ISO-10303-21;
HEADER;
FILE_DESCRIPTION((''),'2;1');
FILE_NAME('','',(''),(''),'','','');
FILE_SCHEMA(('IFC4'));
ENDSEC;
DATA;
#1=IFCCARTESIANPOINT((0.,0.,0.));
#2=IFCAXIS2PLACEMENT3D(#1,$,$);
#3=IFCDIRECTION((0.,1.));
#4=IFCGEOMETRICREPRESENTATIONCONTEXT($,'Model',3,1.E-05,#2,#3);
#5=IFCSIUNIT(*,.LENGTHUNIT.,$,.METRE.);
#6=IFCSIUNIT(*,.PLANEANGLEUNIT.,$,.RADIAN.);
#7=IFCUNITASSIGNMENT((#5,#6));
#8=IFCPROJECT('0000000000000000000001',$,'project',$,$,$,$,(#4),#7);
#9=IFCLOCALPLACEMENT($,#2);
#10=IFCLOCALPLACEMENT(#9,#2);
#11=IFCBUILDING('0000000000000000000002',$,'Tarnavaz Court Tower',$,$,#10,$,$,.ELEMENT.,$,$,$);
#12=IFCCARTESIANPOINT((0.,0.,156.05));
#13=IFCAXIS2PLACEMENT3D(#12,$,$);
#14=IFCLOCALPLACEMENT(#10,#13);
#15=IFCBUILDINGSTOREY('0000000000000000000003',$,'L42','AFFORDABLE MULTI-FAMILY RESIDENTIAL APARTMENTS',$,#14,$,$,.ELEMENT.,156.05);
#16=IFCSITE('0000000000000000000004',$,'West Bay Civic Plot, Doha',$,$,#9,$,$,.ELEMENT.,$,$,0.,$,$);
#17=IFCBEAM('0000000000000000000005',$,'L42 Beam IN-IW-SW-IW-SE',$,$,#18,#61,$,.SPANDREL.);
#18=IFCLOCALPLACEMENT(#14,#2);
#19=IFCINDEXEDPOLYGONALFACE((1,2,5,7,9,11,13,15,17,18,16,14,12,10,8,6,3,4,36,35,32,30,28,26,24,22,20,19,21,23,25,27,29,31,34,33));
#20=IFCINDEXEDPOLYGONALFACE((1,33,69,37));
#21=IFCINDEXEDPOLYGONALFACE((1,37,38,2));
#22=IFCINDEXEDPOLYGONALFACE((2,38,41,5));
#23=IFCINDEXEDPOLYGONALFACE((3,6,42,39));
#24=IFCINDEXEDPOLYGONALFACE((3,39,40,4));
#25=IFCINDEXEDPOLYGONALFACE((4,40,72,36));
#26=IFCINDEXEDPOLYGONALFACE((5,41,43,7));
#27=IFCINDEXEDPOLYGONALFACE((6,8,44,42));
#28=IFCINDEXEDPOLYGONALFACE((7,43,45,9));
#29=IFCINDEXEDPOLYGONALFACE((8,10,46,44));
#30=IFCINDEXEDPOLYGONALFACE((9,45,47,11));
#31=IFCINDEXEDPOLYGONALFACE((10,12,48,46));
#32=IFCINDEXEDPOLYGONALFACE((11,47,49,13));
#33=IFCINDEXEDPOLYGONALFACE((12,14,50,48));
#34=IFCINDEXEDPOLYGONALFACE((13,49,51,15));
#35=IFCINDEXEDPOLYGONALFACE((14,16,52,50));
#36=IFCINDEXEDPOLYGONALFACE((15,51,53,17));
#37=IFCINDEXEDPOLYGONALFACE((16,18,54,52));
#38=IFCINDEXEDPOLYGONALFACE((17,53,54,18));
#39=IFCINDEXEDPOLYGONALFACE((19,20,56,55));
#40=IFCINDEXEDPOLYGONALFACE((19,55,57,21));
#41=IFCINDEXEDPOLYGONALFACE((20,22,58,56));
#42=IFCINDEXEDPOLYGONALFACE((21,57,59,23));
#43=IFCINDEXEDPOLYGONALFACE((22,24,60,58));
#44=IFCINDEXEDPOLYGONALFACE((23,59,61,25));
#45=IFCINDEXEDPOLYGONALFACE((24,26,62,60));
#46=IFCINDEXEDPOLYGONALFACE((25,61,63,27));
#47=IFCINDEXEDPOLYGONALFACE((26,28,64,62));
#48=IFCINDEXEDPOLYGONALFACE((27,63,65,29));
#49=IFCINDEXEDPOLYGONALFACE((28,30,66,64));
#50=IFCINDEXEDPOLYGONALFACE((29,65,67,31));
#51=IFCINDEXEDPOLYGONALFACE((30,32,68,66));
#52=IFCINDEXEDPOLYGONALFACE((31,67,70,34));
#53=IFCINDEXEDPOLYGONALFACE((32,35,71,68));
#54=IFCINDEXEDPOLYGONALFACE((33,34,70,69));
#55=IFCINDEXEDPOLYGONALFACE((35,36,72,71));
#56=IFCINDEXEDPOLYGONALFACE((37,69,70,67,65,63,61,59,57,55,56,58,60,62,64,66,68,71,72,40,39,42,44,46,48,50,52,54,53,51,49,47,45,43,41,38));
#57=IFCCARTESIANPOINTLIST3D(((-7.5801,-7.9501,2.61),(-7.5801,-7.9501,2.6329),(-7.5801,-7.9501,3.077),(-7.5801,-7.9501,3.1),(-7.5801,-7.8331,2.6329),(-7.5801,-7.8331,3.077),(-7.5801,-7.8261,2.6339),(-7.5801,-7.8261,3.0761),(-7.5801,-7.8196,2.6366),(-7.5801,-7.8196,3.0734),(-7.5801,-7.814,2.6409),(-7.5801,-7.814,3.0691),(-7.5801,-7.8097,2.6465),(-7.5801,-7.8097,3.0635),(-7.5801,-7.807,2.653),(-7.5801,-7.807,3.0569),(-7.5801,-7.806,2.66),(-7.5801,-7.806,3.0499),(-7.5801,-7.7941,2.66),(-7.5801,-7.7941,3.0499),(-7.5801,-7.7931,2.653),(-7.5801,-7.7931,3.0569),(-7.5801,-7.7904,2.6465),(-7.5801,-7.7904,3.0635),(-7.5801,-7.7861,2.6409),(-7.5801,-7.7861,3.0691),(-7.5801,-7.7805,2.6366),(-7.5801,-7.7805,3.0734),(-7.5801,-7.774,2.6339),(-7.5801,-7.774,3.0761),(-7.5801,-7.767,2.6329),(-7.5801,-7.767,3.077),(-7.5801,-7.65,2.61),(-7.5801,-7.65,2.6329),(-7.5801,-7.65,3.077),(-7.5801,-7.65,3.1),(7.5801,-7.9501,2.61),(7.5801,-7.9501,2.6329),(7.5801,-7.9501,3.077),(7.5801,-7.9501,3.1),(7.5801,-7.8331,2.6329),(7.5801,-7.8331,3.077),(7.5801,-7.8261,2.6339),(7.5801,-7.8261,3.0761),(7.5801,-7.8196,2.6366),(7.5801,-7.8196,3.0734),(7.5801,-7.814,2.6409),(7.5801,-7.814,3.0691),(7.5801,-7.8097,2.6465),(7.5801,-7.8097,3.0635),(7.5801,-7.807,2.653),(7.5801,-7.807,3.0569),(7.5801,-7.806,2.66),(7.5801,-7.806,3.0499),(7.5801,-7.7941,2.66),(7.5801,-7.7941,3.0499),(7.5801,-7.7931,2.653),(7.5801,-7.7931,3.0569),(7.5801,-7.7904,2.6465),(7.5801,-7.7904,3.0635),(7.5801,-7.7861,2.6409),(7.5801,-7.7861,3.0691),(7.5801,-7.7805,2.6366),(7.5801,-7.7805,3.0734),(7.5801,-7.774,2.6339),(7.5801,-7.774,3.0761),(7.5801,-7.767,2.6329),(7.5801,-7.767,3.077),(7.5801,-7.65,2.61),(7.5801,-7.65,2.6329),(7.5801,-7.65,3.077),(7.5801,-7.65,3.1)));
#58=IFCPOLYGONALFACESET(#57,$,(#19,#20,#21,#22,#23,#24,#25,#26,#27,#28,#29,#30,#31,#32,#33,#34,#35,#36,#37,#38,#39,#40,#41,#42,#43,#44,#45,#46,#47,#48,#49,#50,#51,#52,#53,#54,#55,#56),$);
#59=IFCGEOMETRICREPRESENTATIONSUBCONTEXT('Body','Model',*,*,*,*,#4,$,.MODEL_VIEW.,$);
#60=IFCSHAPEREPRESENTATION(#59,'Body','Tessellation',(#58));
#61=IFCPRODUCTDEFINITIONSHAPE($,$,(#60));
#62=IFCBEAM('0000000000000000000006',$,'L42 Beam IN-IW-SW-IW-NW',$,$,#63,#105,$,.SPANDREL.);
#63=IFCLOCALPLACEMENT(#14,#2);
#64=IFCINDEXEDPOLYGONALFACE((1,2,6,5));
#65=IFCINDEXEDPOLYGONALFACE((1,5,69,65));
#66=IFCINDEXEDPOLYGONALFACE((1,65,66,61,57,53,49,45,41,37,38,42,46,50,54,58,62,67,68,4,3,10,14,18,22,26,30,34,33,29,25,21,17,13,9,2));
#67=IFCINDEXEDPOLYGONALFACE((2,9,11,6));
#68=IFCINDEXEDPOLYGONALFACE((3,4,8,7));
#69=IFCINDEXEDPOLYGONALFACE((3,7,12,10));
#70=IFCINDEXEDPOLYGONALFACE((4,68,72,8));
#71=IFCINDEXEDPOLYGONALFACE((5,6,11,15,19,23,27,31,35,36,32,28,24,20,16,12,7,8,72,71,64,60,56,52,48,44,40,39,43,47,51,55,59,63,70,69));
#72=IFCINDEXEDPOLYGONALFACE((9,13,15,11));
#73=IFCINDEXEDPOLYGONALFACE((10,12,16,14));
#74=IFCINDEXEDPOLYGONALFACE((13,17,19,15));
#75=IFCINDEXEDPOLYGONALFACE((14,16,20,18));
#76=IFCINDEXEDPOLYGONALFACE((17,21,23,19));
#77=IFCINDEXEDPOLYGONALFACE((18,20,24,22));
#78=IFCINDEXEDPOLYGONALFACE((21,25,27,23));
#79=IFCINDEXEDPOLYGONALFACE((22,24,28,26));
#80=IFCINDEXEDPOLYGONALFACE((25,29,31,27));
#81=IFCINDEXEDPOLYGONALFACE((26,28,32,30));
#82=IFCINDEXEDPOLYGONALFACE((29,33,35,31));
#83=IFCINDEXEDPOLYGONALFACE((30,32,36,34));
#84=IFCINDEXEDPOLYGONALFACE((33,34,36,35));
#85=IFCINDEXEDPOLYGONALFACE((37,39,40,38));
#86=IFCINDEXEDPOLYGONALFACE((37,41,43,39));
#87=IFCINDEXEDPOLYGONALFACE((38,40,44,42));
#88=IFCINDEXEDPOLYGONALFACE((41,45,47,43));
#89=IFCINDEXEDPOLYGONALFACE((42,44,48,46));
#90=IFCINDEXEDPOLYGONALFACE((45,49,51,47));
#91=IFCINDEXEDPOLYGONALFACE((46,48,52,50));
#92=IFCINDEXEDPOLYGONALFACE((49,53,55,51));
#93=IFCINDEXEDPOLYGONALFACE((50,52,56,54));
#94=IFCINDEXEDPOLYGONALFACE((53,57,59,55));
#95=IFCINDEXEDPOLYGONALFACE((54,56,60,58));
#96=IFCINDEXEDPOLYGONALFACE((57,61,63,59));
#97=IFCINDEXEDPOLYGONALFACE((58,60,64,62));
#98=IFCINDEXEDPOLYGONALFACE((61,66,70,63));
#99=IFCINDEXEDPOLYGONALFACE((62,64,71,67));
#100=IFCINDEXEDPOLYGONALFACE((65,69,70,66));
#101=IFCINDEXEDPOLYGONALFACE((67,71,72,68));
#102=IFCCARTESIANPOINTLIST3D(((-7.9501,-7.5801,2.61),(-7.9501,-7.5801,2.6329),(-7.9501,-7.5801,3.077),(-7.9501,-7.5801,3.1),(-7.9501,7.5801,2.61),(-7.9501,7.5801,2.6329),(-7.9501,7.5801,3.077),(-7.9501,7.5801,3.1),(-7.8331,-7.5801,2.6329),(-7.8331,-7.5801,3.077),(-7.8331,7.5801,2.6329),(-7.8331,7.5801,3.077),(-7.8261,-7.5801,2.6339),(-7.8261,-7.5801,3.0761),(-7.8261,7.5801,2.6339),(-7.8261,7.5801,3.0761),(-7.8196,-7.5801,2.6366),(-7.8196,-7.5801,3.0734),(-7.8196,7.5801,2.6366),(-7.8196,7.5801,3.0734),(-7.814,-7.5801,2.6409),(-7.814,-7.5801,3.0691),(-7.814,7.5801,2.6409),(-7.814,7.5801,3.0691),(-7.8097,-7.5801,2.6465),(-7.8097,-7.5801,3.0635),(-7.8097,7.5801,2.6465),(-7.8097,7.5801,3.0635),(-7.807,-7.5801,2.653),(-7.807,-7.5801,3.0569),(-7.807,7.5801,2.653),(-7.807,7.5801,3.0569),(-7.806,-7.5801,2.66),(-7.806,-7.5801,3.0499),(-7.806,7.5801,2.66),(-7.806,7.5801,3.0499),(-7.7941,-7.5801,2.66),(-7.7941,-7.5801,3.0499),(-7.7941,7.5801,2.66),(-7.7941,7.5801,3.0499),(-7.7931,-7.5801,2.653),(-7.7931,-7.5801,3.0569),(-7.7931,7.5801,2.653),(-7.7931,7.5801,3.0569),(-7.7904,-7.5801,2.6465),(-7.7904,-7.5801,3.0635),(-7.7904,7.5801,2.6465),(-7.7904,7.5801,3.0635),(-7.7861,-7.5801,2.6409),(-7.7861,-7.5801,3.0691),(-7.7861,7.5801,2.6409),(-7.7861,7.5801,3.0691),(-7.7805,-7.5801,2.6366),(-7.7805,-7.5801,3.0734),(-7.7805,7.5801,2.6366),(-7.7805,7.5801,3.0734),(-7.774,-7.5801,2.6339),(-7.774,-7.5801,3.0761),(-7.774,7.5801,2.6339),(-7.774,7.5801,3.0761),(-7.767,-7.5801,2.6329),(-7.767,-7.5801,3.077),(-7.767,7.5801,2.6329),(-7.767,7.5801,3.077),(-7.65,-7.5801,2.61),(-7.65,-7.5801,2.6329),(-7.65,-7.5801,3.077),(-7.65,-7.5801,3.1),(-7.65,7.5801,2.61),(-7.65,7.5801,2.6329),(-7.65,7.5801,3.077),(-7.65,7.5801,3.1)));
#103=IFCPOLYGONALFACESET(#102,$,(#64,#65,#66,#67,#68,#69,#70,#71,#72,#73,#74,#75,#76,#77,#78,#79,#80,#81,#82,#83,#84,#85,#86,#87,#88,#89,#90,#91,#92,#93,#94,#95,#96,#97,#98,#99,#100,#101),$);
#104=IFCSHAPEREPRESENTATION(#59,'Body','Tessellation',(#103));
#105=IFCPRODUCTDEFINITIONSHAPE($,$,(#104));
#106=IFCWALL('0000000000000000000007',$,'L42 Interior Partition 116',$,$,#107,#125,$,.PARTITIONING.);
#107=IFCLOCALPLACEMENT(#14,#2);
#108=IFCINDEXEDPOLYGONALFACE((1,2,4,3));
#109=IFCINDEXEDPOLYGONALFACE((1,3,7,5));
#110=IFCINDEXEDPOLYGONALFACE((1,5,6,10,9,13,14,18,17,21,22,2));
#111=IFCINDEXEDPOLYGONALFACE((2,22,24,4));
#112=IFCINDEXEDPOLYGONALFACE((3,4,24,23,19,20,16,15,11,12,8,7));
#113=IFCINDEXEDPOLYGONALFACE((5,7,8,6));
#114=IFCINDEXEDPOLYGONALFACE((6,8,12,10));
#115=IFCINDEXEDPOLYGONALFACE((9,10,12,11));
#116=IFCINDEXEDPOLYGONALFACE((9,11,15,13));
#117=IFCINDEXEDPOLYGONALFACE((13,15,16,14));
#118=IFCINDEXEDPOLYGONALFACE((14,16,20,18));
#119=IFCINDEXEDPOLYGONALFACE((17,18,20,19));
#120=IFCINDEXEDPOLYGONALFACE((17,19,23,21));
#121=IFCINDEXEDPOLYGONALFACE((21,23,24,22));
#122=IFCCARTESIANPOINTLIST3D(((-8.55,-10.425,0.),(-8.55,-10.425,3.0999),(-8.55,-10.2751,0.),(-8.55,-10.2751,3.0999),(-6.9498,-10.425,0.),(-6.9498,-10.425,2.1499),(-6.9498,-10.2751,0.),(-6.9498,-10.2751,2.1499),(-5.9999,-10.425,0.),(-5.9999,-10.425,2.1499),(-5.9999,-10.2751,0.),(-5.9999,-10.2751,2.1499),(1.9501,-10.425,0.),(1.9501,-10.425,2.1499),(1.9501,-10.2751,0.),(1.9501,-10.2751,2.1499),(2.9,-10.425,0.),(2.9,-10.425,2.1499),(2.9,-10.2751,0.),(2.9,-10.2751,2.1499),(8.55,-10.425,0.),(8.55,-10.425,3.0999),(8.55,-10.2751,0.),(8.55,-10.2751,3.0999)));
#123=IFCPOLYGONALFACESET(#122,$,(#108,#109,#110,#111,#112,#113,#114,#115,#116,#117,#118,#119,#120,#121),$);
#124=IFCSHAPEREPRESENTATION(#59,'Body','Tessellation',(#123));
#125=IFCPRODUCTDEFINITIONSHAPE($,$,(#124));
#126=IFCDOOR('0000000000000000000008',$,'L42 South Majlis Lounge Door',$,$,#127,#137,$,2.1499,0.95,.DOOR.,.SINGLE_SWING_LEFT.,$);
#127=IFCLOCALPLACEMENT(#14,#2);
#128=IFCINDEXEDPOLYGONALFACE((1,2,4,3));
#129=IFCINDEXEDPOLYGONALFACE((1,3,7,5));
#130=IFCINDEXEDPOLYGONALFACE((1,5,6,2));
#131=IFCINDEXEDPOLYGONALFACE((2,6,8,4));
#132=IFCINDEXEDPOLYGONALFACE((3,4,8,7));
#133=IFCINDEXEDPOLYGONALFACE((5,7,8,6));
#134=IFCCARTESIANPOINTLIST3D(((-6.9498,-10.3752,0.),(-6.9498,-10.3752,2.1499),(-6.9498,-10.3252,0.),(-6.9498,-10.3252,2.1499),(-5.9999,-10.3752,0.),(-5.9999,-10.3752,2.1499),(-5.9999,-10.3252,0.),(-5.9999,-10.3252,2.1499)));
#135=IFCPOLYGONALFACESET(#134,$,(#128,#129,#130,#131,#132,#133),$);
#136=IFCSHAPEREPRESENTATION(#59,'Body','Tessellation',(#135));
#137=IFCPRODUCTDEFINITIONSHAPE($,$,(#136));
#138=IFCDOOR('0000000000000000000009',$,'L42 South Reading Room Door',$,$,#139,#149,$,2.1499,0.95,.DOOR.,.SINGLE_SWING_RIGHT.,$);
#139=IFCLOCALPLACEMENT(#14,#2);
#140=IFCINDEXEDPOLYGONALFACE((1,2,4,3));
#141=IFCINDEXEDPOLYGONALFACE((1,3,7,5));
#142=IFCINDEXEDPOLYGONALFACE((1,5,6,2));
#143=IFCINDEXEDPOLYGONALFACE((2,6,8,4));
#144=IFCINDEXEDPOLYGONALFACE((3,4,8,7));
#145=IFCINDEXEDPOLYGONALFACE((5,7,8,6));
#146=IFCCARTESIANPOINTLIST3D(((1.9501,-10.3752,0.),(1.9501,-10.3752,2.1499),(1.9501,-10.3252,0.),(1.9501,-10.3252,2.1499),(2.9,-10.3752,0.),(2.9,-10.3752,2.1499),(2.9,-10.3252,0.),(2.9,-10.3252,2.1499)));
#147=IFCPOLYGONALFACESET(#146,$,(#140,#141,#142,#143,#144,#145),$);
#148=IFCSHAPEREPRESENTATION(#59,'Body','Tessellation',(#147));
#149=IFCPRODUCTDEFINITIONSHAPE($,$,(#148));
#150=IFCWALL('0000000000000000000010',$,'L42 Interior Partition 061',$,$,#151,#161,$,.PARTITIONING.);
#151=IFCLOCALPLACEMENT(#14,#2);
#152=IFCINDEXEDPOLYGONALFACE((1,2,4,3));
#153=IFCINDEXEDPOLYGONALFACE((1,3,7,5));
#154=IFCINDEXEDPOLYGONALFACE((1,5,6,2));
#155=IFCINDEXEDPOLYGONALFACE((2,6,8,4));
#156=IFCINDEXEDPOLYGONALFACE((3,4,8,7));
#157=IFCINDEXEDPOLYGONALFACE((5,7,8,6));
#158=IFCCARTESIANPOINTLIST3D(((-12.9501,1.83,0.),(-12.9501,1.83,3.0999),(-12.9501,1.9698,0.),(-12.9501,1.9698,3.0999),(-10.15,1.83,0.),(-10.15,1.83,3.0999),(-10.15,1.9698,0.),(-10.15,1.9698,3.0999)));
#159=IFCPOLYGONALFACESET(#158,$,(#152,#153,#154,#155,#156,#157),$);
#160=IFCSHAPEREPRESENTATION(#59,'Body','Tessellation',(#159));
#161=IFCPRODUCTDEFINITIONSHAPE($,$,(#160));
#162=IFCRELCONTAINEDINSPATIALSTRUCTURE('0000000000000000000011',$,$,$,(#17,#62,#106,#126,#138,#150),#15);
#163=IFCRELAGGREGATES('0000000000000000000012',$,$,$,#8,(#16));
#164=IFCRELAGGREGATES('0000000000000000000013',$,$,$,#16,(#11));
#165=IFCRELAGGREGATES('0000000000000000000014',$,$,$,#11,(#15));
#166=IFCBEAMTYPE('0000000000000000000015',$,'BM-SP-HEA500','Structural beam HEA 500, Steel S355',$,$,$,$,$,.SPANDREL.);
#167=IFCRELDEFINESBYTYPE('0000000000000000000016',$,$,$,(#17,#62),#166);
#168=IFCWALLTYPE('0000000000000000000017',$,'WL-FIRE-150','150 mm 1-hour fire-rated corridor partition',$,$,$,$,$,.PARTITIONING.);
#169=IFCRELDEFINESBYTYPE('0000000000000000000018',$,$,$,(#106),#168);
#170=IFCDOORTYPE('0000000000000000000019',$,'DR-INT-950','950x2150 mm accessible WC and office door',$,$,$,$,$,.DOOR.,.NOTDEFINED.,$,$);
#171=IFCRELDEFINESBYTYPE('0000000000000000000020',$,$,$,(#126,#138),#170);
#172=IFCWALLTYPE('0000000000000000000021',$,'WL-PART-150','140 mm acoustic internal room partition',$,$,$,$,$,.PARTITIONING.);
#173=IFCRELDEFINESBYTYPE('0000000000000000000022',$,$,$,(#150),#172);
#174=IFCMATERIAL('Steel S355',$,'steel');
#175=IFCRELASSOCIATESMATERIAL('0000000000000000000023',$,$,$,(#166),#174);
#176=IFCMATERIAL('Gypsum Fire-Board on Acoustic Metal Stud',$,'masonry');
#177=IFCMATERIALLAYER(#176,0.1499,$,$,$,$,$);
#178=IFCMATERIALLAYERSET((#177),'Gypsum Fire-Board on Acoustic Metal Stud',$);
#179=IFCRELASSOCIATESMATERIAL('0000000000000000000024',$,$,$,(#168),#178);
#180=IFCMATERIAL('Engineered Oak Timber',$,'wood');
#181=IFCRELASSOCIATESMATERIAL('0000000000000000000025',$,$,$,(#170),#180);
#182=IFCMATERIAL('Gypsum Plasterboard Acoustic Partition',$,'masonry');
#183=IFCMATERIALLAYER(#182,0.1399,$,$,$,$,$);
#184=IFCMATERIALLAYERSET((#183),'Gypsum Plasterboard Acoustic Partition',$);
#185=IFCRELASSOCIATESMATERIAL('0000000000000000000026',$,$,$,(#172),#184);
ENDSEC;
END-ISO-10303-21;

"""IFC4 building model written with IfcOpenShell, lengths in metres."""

from ifc_helpers import new_model, si_unit, direction, frame, frame_2d, origin, origin_2d, place, context, subcontext, project, spatial, rectangle, i_section, extrude, material, layer, layer_set, material_profile, profile_set, type_object, element, fill, save


model = new_model("IFC4")

# Units and contexts
model_context = context("Model", 3, precision=1e-05, world=origin(), true_north=direction((0.0, 1.0)))
body_context = subcontext(model_context, "Body", "Model", "MODEL_VIEW")
ifc_project = project(units=[si_unit("LENGTHUNIT", "METRE"), si_unit("PLANEANGLEUNIT", "RADIAN")], contexts=[model_context])

# Site, building, storey
site_placement = place(None, origin())
site = spatial("IfcSite", under=ifc_project, at=site_placement, Name="West Bay Civic Plot, Doha", CompositionType="ELEMENT", RefElevation=0.0)
building_placement = place(site_placement, origin())
building = spatial("IfcBuilding", under=site, at=building_placement, Name="Tarnavaz Court Tower", CompositionType="ELEMENT")
storey_placement = place(building_placement, frame((0.0, 0.0, 156.05)))
storey = spatial("IfcBuildingStorey", under=building, at=storey_placement, Name="L42", Description="AFFORDABLE MULTI-FAMILY RESIDENTIAL APARTMENTS", CompositionType="ELEMENT", Elevation=156.05)

# Beams
ifc_material_1 = material(Name="Steel S355", Category="steel")
ifc_material_profile_1 = material_profile(ifc_material_1, i_section(OverallWidth=0.3, OverallDepth=0.49, WebThickness=0.012, FlangeThickness=0.0229, FilletRadius=0.0271, at=origin_2d()), Name="HEA 500")
ifc_profile_set_1 = profile_set([ifc_material_profile_1], Name="Steel S355")
beam_type_1 = type_object("IfcBeamType", Name="BM-SP-HEA500", Description="Structural beam HEA 500, Steel S355", PredefinedType="SPANDREL", material=ifc_profile_set_1)
for number, where, z_axis, x_axis, name in (
    (1, (-7.5801, -7.8, 2.855), (1.0, 0.0, 0.0), (0.0, 1.0, 0.0), "L42 Beam IN-IW-SW-IW-SE"),
    (2, (-7.8, -7.5801, 2.855), (0.0, 1.0, 0.0), (-1.0, 0.0, 0.0), "L42 Beam IN-IW-SW-IW-NW"),
):
    element("IfcBeam", number, at=place(storey_placement, frame(where, z_axis=z_axis, x_axis=x_axis)), inside=storey, type_object=beam_type_1, Name=name, PredefinedType="SPANDREL", context=body_context, shape_type="SweptSolid", body=[
        extrude(i_section(OverallWidth=0.3, OverallDepth=0.49, WebThickness=0.012, FlangeThickness=0.0229, FilletRadius=0.0271, at=origin_2d()), origin(), (0.0, 0.0, 1.0), 15.1602),
    ])

# Wall, openings, doors
ifc_material_2 = material(Name="Gypsum Fire-Board on Acoustic Metal Stud", Category="masonry")
ifc_layer_1 = layer(ifc_material_2, 0.1499)
ifc_layer_set_1 = layer_set([ifc_layer_1], Name="Gypsum Fire-Board on Acoustic Metal Stud")
wall_type_1 = type_object("IfcWallType", Name="WL-FIRE-150", Description="150 mm 1-hour fire-rated corridor partition", PredefinedType="PARTITIONING", material=ifc_layer_set_1)
wall_1_placement = place(storey_placement, frame((-8.55, -10.3501, 0.0), z_axis=(0.0, 0.0, 1.0), x_axis=(1.0, 0.0, 0.0)))
wall_1 = element("IfcWall", 3, at=wall_1_placement, inside=storey, type_object=wall_type_1, Name="L42 Interior Partition 116", PredefinedType="PARTITIONING", context=body_context, shape_type="SweptSolid", body=[
    extrude(rectangle(XDim=17.1001, YDim=0.1499, at=frame_2d((8.55, 0.0))), origin(), (0.0, 0.0, 1.0), 3.0999),
])
opening_1_placement = place(wall_1_placement, frame((1.6001, 0.0, 0.0)))
opening_1 = element("IfcOpeningElement", 4, at=opening_1_placement, cuts=wall_1, PredefinedType="OPENING", context=body_context, shape_type="SweptSolid", body=[
    extrude(rectangle(XDim=0.95, YDim=2.1499, at=frame_2d((0.4751, 1.075))), frame((0.0, 0.085, 0.0), z_axis=(0.0, -1.0, 0.0), x_axis=(1.0, 0.0, 0.0)), (0.0, 0.0, 1.0), 0.1699),
])
opening_2_placement = place(wall_1_placement, frame((10.5, 0.0, 0.0)))
opening_2 = element("IfcOpeningElement", 5, at=opening_2_placement, cuts=wall_1, PredefinedType="OPENING", context=body_context, shape_type="SweptSolid", body=[
    extrude(rectangle(XDim=0.95, YDim=2.1499, at=frame_2d((0.4751, 1.075))), frame((0.0, 0.085, 0.0), z_axis=(0.0, -1.0, 0.0), x_axis=(1.0, 0.0, 0.0)), (0.0, 0.0, 1.0), 0.1699),
])
ifc_material_3 = material(Name="Engineered Oak Timber", Category="wood")
door_type_1 = type_object("IfcDoorType", Name="DR-INT-950", Description="950x2150 mm accessible WC and office door", OperationType="NOTDEFINED", PredefinedType="DOOR", material=ifc_material_3)
door_1_placement = place(opening_1_placement, origin())
door_1 = element("IfcDoor", 6, at=door_1_placement, inside=storey, type_object=door_type_1, Name="L42 South Majlis Lounge Door", OperationType="SINGLE_SWING_LEFT", OverallHeight=2.1499, OverallWidth=0.95, PredefinedType="DOOR", context=body_context, shape_type="SweptSolid", body=[
    extrude(rectangle(XDim=0.95, YDim=2.1499, at=frame_2d((0.4751, 1.075))), frame((0.0, 0.0249, 0.0), z_axis=(0.0, -1.0, 0.0), x_axis=(1.0, 0.0, 0.0)), (0.0, 0.0, 1.0), 0.05),
])
fill(opening_1, door_1)
door_2_placement = place(opening_2_placement, origin())
door_2 = element("IfcDoor", 7, at=door_2_placement, inside=storey, type_object=door_type_1, Name="L42 South Reading Room Door", OperationType="SINGLE_SWING_RIGHT", OverallHeight=2.1499, OverallWidth=0.95, PredefinedType="DOOR", context=body_context, shape_type="SweptSolid", body=[
    extrude(rectangle(XDim=0.95, YDim=2.1499, at=frame_2d((0.4751, 1.075))), frame((0.0, 0.0249, 0.0), z_axis=(0.0, -1.0, 0.0), x_axis=(1.0, 0.0, 0.0)), (0.0, 0.0, 1.0), 0.05),
])
fill(opening_2, door_2)

# Wall
ifc_material_4 = material(Name="Gypsum Plasterboard Acoustic Partition", Category="masonry")
ifc_layer_2 = layer(ifc_material_4, 0.1399)
ifc_layer_set_2 = layer_set([ifc_layer_2], Name="Gypsum Plasterboard Acoustic Partition")
wall_type_2 = type_object("IfcWallType", Name="WL-PART-150", Description="140 mm acoustic internal room partition", PredefinedType="PARTITIONING", material=ifc_layer_set_2)
wall_2_placement = place(storey_placement, frame((-12.95, 1.8999, 0.0), z_axis=(0.0, 0.0, 1.0), x_axis=(1.0, 0.0, 0.0)))
element("IfcWall", 8, at=wall_2_placement, inside=storey, type_object=wall_type_2, Name="L42 Interior Partition 061", PredefinedType="PARTITIONING", context=body_context, shape_type="SweptSolid", body=[
    extrude(rectangle(XDim=2.8, YDim=0.1399, at=frame_2d((1.3999, 0.0))), origin(), (0.0, 0.0, 1.0), 3.0999),
])

save(model, "model.ifc")
